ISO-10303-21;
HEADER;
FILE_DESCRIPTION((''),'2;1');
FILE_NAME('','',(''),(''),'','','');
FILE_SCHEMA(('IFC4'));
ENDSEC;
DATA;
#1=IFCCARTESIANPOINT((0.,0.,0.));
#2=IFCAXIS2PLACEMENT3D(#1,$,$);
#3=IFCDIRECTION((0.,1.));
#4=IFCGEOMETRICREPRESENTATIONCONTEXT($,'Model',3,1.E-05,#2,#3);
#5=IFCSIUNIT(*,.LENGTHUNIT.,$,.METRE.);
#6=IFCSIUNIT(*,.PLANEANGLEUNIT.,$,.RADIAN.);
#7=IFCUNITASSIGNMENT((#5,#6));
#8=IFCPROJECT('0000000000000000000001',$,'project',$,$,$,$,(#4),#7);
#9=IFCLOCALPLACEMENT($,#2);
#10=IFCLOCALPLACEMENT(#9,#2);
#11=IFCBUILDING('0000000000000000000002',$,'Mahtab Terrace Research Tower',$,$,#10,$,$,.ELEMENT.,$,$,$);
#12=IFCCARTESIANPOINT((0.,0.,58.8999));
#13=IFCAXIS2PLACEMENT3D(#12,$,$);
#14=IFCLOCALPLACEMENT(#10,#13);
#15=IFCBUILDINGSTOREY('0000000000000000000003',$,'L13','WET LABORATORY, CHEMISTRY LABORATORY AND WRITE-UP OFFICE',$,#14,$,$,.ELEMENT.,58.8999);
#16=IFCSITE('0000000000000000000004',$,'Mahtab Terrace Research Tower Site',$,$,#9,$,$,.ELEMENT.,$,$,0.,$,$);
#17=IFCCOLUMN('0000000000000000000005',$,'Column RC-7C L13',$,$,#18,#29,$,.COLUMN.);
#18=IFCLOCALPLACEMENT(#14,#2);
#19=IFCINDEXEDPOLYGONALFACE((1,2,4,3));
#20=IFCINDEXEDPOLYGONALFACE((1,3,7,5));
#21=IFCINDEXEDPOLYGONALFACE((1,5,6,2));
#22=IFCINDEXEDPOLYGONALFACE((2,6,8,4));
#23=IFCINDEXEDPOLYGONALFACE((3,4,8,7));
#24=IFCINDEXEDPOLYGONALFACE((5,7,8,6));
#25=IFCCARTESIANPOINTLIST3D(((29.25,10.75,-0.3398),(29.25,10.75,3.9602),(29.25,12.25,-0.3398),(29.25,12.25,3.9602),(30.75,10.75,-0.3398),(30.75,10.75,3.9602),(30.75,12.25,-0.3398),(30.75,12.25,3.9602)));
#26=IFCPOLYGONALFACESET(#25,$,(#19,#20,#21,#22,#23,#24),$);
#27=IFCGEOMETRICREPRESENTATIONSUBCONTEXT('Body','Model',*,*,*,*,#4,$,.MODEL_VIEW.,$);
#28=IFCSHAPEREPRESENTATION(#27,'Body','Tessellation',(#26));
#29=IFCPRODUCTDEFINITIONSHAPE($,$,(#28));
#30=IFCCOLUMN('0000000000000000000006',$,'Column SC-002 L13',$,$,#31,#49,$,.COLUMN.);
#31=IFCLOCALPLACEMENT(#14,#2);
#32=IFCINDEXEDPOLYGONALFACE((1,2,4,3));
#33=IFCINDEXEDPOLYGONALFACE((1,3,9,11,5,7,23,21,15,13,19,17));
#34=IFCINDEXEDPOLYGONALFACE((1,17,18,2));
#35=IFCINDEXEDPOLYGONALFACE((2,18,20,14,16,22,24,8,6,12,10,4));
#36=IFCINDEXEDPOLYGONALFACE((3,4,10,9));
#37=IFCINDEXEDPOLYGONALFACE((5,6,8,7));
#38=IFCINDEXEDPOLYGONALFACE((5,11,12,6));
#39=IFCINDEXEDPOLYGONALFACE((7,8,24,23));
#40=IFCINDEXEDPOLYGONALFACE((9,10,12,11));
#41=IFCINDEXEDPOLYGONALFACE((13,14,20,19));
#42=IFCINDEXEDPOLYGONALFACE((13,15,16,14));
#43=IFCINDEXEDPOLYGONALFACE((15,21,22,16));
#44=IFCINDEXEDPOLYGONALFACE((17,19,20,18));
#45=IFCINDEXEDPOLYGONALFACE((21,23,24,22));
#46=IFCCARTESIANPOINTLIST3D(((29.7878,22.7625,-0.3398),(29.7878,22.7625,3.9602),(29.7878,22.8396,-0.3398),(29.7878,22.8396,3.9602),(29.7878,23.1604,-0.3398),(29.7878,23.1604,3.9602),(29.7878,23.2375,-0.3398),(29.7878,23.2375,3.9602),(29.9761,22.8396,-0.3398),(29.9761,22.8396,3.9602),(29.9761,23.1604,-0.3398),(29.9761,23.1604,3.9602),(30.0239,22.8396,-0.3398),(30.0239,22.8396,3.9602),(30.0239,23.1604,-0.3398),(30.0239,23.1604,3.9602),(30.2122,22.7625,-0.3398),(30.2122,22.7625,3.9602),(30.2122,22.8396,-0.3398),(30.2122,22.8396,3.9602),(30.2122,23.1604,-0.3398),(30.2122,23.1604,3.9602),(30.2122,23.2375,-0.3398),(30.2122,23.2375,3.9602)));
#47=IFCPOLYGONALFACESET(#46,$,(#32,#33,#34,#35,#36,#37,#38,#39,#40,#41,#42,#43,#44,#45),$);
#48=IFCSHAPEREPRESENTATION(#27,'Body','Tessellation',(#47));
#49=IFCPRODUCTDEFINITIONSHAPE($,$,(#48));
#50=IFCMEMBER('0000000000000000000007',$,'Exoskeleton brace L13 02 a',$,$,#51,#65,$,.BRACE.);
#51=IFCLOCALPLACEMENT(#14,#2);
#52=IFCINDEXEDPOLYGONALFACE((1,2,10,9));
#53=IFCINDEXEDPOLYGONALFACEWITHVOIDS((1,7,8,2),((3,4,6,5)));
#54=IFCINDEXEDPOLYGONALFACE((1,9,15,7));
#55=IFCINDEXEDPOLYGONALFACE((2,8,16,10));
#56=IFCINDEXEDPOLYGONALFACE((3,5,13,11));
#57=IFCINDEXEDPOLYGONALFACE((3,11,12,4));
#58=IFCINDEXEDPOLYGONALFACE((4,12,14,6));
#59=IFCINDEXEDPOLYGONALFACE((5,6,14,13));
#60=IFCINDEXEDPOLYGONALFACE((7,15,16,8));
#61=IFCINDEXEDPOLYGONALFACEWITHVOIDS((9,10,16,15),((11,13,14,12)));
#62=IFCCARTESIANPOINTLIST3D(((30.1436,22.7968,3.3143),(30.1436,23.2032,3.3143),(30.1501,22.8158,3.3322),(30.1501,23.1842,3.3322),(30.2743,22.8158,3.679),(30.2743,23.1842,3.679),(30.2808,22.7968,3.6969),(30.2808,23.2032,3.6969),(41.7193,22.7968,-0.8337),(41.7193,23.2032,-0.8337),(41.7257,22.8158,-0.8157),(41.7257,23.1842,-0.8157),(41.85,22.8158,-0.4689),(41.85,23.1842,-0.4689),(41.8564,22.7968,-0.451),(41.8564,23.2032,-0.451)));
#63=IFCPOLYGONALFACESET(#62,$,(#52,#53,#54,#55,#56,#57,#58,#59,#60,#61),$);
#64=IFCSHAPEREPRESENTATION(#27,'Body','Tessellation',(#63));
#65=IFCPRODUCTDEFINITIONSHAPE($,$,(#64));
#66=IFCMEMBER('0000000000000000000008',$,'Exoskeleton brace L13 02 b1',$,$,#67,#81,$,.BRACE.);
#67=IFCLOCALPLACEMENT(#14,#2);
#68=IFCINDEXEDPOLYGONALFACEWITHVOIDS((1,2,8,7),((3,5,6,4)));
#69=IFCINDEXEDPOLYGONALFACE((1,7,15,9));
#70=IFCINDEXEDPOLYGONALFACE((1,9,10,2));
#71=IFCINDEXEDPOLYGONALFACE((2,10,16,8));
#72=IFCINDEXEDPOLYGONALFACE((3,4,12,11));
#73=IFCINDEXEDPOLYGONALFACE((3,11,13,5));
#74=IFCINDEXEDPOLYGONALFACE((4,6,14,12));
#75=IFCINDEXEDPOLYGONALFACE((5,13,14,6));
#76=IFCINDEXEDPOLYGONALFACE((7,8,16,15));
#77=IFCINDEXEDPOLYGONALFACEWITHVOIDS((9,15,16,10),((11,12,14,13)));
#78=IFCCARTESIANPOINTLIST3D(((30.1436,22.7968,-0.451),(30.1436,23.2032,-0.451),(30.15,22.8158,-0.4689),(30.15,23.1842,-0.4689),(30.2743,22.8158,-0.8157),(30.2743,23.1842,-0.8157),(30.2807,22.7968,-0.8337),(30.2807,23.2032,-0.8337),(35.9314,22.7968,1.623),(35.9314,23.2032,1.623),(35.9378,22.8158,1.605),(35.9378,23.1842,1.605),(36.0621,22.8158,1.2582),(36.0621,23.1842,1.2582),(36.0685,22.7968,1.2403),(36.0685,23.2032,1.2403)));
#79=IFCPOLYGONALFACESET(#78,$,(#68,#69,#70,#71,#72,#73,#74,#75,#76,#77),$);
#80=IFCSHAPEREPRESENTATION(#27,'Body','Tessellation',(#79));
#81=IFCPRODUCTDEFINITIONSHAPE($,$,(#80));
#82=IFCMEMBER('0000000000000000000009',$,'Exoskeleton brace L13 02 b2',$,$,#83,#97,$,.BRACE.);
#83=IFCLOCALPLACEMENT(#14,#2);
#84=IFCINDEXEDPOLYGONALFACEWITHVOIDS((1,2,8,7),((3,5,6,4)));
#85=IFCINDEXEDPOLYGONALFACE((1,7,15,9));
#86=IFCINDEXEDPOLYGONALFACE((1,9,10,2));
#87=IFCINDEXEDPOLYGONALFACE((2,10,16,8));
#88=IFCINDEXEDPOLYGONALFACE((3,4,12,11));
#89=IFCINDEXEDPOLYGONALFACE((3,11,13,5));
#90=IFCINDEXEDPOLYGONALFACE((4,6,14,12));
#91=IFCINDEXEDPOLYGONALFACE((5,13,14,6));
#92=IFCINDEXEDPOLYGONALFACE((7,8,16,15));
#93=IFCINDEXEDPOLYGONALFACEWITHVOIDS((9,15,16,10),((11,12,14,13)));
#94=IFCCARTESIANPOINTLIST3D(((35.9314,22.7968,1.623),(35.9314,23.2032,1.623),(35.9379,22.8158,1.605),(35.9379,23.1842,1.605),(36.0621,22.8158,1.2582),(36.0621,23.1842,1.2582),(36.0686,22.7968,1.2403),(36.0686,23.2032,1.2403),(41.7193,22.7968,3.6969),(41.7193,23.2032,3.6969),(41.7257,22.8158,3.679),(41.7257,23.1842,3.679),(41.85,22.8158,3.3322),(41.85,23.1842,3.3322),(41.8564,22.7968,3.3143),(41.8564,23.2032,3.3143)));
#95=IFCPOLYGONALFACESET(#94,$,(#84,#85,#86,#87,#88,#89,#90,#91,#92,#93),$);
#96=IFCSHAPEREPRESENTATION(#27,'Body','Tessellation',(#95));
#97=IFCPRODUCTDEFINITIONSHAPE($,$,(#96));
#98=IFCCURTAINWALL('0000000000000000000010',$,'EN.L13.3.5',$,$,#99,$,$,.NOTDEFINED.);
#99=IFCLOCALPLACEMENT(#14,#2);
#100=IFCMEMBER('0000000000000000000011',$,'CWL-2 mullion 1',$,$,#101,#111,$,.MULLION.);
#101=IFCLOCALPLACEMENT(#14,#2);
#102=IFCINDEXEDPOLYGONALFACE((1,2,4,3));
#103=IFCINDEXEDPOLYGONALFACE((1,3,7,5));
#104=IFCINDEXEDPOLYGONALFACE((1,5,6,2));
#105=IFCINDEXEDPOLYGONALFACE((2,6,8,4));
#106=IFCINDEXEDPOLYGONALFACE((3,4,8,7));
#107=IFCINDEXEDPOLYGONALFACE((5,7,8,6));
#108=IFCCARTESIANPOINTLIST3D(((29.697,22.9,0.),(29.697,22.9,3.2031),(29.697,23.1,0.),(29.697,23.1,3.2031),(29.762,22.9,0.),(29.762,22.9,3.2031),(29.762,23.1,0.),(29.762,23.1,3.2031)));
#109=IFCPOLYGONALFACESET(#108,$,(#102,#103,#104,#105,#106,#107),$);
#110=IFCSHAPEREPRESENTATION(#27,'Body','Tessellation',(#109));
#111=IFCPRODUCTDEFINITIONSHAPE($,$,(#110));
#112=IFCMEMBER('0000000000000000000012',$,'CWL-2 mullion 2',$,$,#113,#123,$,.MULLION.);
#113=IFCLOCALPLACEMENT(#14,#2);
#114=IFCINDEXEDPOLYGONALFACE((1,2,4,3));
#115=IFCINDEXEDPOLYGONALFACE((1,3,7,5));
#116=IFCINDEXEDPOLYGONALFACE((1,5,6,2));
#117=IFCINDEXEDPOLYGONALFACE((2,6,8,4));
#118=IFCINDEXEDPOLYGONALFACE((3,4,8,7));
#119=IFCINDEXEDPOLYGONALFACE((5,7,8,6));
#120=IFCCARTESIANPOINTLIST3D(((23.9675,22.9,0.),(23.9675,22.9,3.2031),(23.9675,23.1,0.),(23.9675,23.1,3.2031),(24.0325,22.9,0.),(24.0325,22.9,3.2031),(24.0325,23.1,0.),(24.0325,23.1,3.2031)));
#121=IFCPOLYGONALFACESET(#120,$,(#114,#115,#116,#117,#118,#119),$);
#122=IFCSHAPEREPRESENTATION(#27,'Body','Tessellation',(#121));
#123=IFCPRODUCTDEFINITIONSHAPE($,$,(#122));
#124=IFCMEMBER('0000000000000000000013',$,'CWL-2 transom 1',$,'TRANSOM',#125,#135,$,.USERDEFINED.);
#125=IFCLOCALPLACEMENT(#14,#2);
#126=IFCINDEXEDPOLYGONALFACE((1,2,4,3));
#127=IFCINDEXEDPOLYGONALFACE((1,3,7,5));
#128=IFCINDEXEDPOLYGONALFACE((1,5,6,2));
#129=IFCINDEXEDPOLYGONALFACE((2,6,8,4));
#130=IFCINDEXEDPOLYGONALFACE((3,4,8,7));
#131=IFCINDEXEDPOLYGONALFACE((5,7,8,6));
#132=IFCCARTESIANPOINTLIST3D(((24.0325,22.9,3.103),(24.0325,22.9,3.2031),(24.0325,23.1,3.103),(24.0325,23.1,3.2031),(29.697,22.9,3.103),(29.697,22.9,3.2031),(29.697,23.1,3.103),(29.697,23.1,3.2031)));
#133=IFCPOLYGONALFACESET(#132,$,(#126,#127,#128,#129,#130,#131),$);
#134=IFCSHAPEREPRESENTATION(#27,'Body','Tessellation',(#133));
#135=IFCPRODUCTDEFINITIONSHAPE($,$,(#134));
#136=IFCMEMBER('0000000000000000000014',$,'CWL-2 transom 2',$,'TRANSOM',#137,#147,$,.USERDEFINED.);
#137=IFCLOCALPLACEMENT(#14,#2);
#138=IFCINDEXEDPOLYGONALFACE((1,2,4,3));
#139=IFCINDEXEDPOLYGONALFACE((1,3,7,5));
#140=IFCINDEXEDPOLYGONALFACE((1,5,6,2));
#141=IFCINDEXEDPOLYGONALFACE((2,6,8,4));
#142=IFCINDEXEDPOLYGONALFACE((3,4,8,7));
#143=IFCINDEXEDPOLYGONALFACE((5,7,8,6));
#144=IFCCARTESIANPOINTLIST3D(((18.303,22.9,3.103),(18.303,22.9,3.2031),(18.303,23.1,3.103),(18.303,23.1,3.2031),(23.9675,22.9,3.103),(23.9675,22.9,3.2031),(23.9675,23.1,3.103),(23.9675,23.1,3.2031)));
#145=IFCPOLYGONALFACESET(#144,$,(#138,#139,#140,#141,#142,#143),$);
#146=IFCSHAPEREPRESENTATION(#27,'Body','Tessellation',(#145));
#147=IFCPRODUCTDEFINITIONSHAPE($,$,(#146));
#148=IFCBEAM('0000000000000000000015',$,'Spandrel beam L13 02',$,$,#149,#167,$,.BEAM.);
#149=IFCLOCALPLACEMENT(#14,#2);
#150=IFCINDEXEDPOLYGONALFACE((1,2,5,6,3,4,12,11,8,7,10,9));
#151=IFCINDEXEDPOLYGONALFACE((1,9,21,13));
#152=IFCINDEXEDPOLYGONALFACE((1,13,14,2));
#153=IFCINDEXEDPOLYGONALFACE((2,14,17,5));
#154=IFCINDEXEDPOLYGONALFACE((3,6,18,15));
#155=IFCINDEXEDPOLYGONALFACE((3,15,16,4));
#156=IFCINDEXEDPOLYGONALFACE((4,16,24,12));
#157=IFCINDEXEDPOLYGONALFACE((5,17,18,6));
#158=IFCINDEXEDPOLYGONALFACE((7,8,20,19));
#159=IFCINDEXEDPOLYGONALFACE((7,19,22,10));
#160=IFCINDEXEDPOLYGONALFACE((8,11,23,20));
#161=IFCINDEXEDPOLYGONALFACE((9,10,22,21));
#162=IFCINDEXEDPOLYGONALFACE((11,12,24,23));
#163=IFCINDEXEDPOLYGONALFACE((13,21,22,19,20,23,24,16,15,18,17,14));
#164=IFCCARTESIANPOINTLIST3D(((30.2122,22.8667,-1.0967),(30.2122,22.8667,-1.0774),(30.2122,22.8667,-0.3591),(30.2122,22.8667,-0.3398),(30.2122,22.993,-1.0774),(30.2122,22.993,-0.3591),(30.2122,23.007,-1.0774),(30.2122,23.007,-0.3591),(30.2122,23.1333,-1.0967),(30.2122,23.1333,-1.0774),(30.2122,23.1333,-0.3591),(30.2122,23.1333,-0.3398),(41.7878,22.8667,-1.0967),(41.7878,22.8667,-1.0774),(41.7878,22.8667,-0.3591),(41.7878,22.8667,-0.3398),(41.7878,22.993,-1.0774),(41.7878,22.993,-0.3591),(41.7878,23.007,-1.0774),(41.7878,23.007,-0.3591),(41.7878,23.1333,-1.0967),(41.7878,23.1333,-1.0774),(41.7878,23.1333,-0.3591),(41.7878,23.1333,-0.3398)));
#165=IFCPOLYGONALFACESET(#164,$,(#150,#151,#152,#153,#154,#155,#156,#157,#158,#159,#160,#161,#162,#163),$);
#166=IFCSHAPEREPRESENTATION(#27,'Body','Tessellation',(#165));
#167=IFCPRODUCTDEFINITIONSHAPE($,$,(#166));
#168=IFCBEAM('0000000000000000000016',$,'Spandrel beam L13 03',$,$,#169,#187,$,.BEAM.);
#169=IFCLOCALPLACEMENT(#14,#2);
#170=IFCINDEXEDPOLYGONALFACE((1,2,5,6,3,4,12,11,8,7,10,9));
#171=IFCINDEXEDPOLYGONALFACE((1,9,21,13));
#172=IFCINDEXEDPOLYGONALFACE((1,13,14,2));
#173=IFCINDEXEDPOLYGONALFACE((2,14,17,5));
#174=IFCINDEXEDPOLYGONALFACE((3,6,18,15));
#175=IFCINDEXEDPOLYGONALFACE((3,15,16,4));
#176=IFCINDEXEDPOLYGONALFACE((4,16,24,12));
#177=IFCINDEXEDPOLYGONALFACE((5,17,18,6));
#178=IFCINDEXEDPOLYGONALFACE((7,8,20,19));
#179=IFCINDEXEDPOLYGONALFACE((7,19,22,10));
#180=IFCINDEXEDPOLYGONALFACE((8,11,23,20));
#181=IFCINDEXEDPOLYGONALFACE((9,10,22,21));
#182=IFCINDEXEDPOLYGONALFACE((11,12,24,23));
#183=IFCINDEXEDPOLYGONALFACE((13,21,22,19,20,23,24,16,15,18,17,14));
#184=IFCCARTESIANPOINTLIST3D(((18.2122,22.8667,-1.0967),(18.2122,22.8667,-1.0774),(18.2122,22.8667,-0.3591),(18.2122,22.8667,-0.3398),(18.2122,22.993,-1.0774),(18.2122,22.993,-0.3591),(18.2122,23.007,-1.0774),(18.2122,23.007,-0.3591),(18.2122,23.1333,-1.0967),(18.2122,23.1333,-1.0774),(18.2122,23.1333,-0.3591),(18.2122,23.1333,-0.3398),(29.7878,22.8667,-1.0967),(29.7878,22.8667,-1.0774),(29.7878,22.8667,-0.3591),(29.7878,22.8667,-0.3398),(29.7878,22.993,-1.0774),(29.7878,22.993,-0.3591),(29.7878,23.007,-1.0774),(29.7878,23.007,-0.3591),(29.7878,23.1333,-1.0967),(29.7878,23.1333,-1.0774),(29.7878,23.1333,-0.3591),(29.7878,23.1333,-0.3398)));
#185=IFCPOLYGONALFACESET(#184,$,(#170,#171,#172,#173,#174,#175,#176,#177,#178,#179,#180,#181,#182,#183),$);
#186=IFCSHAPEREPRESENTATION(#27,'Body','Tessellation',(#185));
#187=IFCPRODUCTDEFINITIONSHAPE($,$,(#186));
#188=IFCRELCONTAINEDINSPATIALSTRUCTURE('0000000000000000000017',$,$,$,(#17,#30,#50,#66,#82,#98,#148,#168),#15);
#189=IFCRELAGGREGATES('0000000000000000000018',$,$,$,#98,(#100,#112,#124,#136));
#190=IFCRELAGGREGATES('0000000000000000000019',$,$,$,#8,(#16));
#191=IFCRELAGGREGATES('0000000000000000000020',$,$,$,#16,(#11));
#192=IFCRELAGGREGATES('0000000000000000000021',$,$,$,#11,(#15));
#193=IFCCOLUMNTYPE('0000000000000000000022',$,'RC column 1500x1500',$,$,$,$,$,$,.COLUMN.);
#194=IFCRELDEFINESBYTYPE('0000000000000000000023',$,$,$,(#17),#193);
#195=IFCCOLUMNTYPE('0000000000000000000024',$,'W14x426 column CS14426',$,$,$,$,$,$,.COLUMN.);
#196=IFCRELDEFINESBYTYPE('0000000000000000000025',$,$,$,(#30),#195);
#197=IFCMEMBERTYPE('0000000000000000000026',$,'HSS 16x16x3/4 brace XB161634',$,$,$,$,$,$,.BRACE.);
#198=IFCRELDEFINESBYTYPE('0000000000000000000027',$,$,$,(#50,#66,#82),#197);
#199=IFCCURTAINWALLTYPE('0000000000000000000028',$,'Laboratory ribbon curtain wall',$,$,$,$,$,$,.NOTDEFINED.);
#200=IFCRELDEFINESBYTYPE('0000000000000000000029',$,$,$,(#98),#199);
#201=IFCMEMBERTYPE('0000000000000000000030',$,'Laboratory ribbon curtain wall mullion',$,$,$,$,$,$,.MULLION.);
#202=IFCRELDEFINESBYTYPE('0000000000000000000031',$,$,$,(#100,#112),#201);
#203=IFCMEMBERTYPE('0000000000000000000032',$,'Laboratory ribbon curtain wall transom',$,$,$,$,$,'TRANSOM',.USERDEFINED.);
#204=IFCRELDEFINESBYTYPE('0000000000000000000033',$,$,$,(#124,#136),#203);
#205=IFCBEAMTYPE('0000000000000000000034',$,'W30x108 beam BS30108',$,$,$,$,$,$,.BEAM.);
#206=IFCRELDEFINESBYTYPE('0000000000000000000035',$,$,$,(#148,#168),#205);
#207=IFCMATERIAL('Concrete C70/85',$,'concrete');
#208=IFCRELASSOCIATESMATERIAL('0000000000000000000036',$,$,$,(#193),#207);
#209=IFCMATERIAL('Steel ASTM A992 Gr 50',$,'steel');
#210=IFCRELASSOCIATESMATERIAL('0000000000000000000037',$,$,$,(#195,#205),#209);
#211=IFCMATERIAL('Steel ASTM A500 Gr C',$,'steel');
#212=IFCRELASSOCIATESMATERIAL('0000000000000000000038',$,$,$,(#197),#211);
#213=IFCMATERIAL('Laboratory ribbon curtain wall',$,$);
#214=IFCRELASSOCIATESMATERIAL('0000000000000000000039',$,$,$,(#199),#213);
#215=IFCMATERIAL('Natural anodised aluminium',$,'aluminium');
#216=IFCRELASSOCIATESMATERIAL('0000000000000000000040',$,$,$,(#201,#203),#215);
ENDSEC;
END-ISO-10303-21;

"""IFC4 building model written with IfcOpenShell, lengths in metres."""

from ifc_helpers import new_model, si_unit, direction, frame, origin, origin_2d, place, context, subcontext, project, spatial, rectangle, hollow_rectangle, i_section, extrude, material, material_profile, profile_set, type_object, element, aggregate, save


model = new_model("IFC4")

# Units and contexts
model_context = context("Model", 3, precision=1e-05, world=origin(), true_north=direction((0.0, 1.0)))
body_context = subcontext(model_context, "Body", "Model", "MODEL_VIEW")
ifc_project = project(units=[si_unit("LENGTHUNIT", "METRE"), si_unit("PLANEANGLEUNIT", "RADIAN")], contexts=[model_context])

# Site, building, storey
site_placement = place(None, origin())
site = spatial("IfcSite", under=ifc_project, at=site_placement, Name="Mahtab Terrace Research Tower Site", CompositionType="ELEMENT", RefElevation=0.0)
building_placement = place(site_placement, origin())
building = spatial("IfcBuilding", under=site, at=building_placement, Name="Mahtab Terrace Research Tower", CompositionType="ELEMENT")
storey_placement = place(building_placement, frame((0.0, 0.0, 58.8999)))
storey = spatial("IfcBuildingStorey", under=building, at=storey_placement, Name="L13", Description="WET LABORATORY, CHEMISTRY LABORATORY AND WRITE-UP OFFICE", CompositionType="ELEMENT", Elevation=58.8999)

# Columns
ifc_material_1 = material(Name="Concrete C70/85", Category="concrete")
ifc_material_profile_1 = material_profile(ifc_material_1, rectangle(XDim=1.5, YDim=1.5, at=origin_2d()), Name="RC column 1500x1500")
ifc_profile_set_1 = profile_set([ifc_material_profile_1], Name="Concrete C70/85")
column_type_1 = type_object("IfcColumnType", Name="RC column 1500x1500", PredefinedType="COLUMN", material=ifc_profile_set_1)
column_1_placement = place(storey_placement, frame((30.0, 11.5, -0.3398), z_axis=(0.0, 0.0, 1.0), x_axis=(1.0, 0.0, 0.0)))
element("IfcColumn", 1, at=column_1_placement, inside=storey, type_object=column_type_1, Name="Column RC-7C L13", PredefinedType="COLUMN", context=body_context, shape_type="SweptSolid", body=[
    extrude(rectangle(XDim=1.5, YDim=1.5, at=origin_2d()), origin(), (0.0, 0.0, 1.0), 4.3),
])
ifc_material_2 = material(Name="Steel ASTM A992 Gr 50", Category="steel")
ifc_material_profile_2 = material_profile(ifc_material_2, i_section(OverallWidth=0.4243, OverallDepth=0.4751, WebThickness=0.0479, FlangeThickness=0.0771, at=origin_2d()), Name="W14X426")
ifc_profile_set_2 = profile_set([ifc_material_profile_2], Name="Steel ASTM A992 Gr 50")
column_type_2 = type_object("IfcColumnType", Name="W14x426 column CS14426", PredefinedType="COLUMN", material=ifc_profile_set_2)
column_2_placement = place(storey_placement, frame((30.0, 23.0, -0.3398), z_axis=(0.0, 0.0, 1.0), x_axis=(1.0, 0.0, 0.0)))
element("IfcColumn", 2, at=column_2_placement, inside=storey, type_object=column_type_2, Name="Column SC-002 L13", PredefinedType="COLUMN", context=body_context, shape_type="SweptSolid", body=[
    extrude(i_section(OverallWidth=0.4243, OverallDepth=0.4751, WebThickness=0.0479, FlangeThickness=0.0771, at=origin_2d()), origin(), (0.0, 0.0, 1.0), 4.3),
])

# Members
ifc_material_3 = material(Name="Steel ASTM A500 Gr C", Category="steel")
ifc_material_profile_3 = material_profile(ifc_material_3, hollow_rectangle(XDim=0.4065, YDim=0.4065, WallThickness=0.019, at=origin_2d()), Name="HSS16X16X3/4")
ifc_profile_set_3 = profile_set([ifc_material_profile_3], Name="Steel ASTM A500 Gr C")
member_type_1 = type_object("IfcMemberType", Name="HSS 16x16x3/4 brace XB161634", PredefinedType="BRACE", material=ifc_profile_set_3)
member_1_placement = place(storey_placement, frame((41.7878, 23.0, -0.6423), z_axis=(-0.941387, 0.0, 0.33733), x_axis=(0.0, -1.0, 0.0)))
element("IfcMember", 3, at=member_1_placement, inside=storey, type_object=member_type_1, Name="Exoskeleton brace L13 02 a", PredefinedType="BRACE", context=body_context, shape_type="SweptSolid", body=[
    extrude(hollow_rectangle(XDim=0.4065, YDim=0.4065, WallThickness=0.019, at=origin_2d()), origin(), (0.0, 0.0, 1.0), 12.2964),
])
for number, where, z_axis, x_axis, name in (
    (4, (30.2122, 23.0, -0.6423), (0.941387, 0.0, 0.33733), (0.0, 1.0, 0.0), "Exoskeleton brace L13 02 b1"),
    (5, (36.0, 23.0, 1.4316), (0.941387, 0.0, 0.33733), (0.0, 1.0, 0.0), "Exoskeleton brace L13 02 b2"),
):
    element("IfcMember", number, at=place(storey_placement, frame(where, z_axis=z_axis, x_axis=x_axis)), inside=storey, type_object=member_type_1, Name=name, PredefinedType="BRACE", context=body_context, shape_type="SweptSolid", body=[
        extrude(hollow_rectangle(XDim=0.4065, YDim=0.4065, WallThickness=0.019, at=origin_2d()), origin(), (0.0, 0.0, 1.0), 6.1482),
    ])

# Curtain wall, members
ifc_material_4 = material(Name="Laboratory ribbon curtain wall")
curtain_wall_type = type_object("IfcCurtainWallType", Name="Laboratory ribbon curtain wall", PredefinedType="NOTDEFINED", material=ifc_material_4)
curtain_wall_placement = place(storey_placement, origin())
curtain_wall = element("IfcCurtainWall", 6, at=curtain_wall_placement, inside=storey, type_object=curtain_wall_type, Name="EN.L13.3.5", PredefinedType="NOTDEFINED")
ifc_material_5 = material(Name="Natural anodised aluminium", Category="aluminium")
ifc_material_profile_4 = material_profile(ifc_material_5, rectangle(XDim=0.2, YDim=0.0649, at=origin_2d()), Name="MULLION 65x200")
ifc_profile_set_4 = profile_set([ifc_material_profile_4], Name="Natural anodised aluminium")
member_type_2 = type_object("IfcMemberType", Name="Laboratory ribbon curtain wall mullion", PredefinedType="MULLION", material=ifc_profile_set_4)
member_2_placement = place(storey_placement, frame((29.7295, 23.0, 0.0), z_axis=(0.0, 0.0, 1.0), x_axis=(0.0, -1.0, 0.0)))
member_2 = element("IfcMember", 7, at=member_2_placement, type_object=member_type_2, Name="CWL-2 mullion 1", PredefinedType="MULLION", context=body_context, shape_type="SweptSolid", body=[
    extrude(rectangle(XDim=0.2, YDim=0.0649, at=origin_2d()), origin(), (0.0, 0.0, 1.0), 3.2031),
])
member_3_placement = place(storey_placement, frame((24.0, 23.0, 0.0), z_axis=(0.0, 0.0, 1.0), x_axis=(0.0, -1.0, 0.0)))
member_3 = element("IfcMember", 8, at=member_3_placement, type_object=member_type_2, Name="CWL-2 mullion 2", PredefinedType="MULLION", context=body_context, shape_type="SweptSolid", body=[
    extrude(rectangle(XDim=0.2, YDim=0.0649, at=origin_2d()), origin(), (0.0, 0.0, 1.0), 3.2031),
])
ifc_material_profile_5 = material_profile(ifc_material_5, rectangle(XDim=0.2, YDim=0.1001, at=origin_2d()), Name="TRANSOM 100x200")
ifc_profile_set_5 = profile_set([ifc_material_profile_5], Name="Natural anodised aluminium")
member_type_3 = type_object("IfcMemberType", Name="Laboratory ribbon curtain wall transom", ElementType="TRANSOM", PredefinedType="USERDEFINED", material=ifc_profile_set_5)
member_4_placement = place(storey_placement, frame((29.697, 23.0, 3.1531), z_axis=(-1.0, 0.0, 0.0), x_axis=(0.0, -1.0, 0.0)))
member_4 = element("IfcMember", 9, at=member_4_placement, type_object=member_type_3, Name="CWL-2 transom 1", ObjectType="TRANSOM", PredefinedType="USERDEFINED", context=body_context, shape_type="SweptSolid", body=[
    extrude(rectangle(XDim=0.2, YDim=0.1001, at=origin_2d()), origin(), (0.0, 0.0, 1.0), 5.6646),
])
member_5_placement = place(storey_placement, frame((23.9675, 23.0, 3.1531), z_axis=(-1.0, 0.0, 0.0), x_axis=(0.0, -1.0, 0.0)))
member_5 = element("IfcMember", 10, at=member_5_placement, type_object=member_type_3, Name="CWL-2 transom 2", ObjectType="TRANSOM", PredefinedType="USERDEFINED", context=body_context, shape_type="SweptSolid", body=[
    extrude(rectangle(XDim=0.2, YDim=0.1001, at=origin_2d()), origin(), (0.0, 0.0, 1.0), 5.6646),
])

# Beams
ifc_material_profile_6 = material_profile(ifc_material_2, i_section(OverallWidth=0.2666, OverallDepth=0.7568, WebThickness=0.0139, FlangeThickness=0.0193, at=origin_2d()), Name="W30X108")
ifc_profile_set_6 = profile_set([ifc_material_profile_6], Name="Steel ASTM A992 Gr 50")
beam_type = type_object("IfcBeamType", Name="W30x108 beam BS30108", PredefinedType="BEAM", material=ifc_profile_set_6)
for number, where, z_axis, x_axis, name in (
    (11, (41.7878, 23.0, -0.7183), (-1.0, 0.0, 0.0), (0.0, -1.0, 0.0), "Spandrel beam L13 02"),
    (12, (29.7878, 23.0, -0.7183), (-1.0, 0.0, 0.0), (0.0, -1.0, 0.0), "Spandrel beam L13 03"),
):
    element("IfcBeam", number, at=place(storey_placement, frame(where, z_axis=z_axis, x_axis=x_axis)), inside=storey, type_object=beam_type, Name=name, PredefinedType="BEAM", context=body_context, shape_type="SweptSolid", body=[
        extrude(i_section(OverallWidth=0.2666, OverallDepth=0.7568, WebThickness=0.0139, FlangeThickness=0.0193, at=origin_2d()), origin(), (0.0, 0.0, 1.0), 11.5757),
    ])

aggregate(curtain_wall, [member_2, member_3, member_4, member_5])

save(model, "model.ifc")
